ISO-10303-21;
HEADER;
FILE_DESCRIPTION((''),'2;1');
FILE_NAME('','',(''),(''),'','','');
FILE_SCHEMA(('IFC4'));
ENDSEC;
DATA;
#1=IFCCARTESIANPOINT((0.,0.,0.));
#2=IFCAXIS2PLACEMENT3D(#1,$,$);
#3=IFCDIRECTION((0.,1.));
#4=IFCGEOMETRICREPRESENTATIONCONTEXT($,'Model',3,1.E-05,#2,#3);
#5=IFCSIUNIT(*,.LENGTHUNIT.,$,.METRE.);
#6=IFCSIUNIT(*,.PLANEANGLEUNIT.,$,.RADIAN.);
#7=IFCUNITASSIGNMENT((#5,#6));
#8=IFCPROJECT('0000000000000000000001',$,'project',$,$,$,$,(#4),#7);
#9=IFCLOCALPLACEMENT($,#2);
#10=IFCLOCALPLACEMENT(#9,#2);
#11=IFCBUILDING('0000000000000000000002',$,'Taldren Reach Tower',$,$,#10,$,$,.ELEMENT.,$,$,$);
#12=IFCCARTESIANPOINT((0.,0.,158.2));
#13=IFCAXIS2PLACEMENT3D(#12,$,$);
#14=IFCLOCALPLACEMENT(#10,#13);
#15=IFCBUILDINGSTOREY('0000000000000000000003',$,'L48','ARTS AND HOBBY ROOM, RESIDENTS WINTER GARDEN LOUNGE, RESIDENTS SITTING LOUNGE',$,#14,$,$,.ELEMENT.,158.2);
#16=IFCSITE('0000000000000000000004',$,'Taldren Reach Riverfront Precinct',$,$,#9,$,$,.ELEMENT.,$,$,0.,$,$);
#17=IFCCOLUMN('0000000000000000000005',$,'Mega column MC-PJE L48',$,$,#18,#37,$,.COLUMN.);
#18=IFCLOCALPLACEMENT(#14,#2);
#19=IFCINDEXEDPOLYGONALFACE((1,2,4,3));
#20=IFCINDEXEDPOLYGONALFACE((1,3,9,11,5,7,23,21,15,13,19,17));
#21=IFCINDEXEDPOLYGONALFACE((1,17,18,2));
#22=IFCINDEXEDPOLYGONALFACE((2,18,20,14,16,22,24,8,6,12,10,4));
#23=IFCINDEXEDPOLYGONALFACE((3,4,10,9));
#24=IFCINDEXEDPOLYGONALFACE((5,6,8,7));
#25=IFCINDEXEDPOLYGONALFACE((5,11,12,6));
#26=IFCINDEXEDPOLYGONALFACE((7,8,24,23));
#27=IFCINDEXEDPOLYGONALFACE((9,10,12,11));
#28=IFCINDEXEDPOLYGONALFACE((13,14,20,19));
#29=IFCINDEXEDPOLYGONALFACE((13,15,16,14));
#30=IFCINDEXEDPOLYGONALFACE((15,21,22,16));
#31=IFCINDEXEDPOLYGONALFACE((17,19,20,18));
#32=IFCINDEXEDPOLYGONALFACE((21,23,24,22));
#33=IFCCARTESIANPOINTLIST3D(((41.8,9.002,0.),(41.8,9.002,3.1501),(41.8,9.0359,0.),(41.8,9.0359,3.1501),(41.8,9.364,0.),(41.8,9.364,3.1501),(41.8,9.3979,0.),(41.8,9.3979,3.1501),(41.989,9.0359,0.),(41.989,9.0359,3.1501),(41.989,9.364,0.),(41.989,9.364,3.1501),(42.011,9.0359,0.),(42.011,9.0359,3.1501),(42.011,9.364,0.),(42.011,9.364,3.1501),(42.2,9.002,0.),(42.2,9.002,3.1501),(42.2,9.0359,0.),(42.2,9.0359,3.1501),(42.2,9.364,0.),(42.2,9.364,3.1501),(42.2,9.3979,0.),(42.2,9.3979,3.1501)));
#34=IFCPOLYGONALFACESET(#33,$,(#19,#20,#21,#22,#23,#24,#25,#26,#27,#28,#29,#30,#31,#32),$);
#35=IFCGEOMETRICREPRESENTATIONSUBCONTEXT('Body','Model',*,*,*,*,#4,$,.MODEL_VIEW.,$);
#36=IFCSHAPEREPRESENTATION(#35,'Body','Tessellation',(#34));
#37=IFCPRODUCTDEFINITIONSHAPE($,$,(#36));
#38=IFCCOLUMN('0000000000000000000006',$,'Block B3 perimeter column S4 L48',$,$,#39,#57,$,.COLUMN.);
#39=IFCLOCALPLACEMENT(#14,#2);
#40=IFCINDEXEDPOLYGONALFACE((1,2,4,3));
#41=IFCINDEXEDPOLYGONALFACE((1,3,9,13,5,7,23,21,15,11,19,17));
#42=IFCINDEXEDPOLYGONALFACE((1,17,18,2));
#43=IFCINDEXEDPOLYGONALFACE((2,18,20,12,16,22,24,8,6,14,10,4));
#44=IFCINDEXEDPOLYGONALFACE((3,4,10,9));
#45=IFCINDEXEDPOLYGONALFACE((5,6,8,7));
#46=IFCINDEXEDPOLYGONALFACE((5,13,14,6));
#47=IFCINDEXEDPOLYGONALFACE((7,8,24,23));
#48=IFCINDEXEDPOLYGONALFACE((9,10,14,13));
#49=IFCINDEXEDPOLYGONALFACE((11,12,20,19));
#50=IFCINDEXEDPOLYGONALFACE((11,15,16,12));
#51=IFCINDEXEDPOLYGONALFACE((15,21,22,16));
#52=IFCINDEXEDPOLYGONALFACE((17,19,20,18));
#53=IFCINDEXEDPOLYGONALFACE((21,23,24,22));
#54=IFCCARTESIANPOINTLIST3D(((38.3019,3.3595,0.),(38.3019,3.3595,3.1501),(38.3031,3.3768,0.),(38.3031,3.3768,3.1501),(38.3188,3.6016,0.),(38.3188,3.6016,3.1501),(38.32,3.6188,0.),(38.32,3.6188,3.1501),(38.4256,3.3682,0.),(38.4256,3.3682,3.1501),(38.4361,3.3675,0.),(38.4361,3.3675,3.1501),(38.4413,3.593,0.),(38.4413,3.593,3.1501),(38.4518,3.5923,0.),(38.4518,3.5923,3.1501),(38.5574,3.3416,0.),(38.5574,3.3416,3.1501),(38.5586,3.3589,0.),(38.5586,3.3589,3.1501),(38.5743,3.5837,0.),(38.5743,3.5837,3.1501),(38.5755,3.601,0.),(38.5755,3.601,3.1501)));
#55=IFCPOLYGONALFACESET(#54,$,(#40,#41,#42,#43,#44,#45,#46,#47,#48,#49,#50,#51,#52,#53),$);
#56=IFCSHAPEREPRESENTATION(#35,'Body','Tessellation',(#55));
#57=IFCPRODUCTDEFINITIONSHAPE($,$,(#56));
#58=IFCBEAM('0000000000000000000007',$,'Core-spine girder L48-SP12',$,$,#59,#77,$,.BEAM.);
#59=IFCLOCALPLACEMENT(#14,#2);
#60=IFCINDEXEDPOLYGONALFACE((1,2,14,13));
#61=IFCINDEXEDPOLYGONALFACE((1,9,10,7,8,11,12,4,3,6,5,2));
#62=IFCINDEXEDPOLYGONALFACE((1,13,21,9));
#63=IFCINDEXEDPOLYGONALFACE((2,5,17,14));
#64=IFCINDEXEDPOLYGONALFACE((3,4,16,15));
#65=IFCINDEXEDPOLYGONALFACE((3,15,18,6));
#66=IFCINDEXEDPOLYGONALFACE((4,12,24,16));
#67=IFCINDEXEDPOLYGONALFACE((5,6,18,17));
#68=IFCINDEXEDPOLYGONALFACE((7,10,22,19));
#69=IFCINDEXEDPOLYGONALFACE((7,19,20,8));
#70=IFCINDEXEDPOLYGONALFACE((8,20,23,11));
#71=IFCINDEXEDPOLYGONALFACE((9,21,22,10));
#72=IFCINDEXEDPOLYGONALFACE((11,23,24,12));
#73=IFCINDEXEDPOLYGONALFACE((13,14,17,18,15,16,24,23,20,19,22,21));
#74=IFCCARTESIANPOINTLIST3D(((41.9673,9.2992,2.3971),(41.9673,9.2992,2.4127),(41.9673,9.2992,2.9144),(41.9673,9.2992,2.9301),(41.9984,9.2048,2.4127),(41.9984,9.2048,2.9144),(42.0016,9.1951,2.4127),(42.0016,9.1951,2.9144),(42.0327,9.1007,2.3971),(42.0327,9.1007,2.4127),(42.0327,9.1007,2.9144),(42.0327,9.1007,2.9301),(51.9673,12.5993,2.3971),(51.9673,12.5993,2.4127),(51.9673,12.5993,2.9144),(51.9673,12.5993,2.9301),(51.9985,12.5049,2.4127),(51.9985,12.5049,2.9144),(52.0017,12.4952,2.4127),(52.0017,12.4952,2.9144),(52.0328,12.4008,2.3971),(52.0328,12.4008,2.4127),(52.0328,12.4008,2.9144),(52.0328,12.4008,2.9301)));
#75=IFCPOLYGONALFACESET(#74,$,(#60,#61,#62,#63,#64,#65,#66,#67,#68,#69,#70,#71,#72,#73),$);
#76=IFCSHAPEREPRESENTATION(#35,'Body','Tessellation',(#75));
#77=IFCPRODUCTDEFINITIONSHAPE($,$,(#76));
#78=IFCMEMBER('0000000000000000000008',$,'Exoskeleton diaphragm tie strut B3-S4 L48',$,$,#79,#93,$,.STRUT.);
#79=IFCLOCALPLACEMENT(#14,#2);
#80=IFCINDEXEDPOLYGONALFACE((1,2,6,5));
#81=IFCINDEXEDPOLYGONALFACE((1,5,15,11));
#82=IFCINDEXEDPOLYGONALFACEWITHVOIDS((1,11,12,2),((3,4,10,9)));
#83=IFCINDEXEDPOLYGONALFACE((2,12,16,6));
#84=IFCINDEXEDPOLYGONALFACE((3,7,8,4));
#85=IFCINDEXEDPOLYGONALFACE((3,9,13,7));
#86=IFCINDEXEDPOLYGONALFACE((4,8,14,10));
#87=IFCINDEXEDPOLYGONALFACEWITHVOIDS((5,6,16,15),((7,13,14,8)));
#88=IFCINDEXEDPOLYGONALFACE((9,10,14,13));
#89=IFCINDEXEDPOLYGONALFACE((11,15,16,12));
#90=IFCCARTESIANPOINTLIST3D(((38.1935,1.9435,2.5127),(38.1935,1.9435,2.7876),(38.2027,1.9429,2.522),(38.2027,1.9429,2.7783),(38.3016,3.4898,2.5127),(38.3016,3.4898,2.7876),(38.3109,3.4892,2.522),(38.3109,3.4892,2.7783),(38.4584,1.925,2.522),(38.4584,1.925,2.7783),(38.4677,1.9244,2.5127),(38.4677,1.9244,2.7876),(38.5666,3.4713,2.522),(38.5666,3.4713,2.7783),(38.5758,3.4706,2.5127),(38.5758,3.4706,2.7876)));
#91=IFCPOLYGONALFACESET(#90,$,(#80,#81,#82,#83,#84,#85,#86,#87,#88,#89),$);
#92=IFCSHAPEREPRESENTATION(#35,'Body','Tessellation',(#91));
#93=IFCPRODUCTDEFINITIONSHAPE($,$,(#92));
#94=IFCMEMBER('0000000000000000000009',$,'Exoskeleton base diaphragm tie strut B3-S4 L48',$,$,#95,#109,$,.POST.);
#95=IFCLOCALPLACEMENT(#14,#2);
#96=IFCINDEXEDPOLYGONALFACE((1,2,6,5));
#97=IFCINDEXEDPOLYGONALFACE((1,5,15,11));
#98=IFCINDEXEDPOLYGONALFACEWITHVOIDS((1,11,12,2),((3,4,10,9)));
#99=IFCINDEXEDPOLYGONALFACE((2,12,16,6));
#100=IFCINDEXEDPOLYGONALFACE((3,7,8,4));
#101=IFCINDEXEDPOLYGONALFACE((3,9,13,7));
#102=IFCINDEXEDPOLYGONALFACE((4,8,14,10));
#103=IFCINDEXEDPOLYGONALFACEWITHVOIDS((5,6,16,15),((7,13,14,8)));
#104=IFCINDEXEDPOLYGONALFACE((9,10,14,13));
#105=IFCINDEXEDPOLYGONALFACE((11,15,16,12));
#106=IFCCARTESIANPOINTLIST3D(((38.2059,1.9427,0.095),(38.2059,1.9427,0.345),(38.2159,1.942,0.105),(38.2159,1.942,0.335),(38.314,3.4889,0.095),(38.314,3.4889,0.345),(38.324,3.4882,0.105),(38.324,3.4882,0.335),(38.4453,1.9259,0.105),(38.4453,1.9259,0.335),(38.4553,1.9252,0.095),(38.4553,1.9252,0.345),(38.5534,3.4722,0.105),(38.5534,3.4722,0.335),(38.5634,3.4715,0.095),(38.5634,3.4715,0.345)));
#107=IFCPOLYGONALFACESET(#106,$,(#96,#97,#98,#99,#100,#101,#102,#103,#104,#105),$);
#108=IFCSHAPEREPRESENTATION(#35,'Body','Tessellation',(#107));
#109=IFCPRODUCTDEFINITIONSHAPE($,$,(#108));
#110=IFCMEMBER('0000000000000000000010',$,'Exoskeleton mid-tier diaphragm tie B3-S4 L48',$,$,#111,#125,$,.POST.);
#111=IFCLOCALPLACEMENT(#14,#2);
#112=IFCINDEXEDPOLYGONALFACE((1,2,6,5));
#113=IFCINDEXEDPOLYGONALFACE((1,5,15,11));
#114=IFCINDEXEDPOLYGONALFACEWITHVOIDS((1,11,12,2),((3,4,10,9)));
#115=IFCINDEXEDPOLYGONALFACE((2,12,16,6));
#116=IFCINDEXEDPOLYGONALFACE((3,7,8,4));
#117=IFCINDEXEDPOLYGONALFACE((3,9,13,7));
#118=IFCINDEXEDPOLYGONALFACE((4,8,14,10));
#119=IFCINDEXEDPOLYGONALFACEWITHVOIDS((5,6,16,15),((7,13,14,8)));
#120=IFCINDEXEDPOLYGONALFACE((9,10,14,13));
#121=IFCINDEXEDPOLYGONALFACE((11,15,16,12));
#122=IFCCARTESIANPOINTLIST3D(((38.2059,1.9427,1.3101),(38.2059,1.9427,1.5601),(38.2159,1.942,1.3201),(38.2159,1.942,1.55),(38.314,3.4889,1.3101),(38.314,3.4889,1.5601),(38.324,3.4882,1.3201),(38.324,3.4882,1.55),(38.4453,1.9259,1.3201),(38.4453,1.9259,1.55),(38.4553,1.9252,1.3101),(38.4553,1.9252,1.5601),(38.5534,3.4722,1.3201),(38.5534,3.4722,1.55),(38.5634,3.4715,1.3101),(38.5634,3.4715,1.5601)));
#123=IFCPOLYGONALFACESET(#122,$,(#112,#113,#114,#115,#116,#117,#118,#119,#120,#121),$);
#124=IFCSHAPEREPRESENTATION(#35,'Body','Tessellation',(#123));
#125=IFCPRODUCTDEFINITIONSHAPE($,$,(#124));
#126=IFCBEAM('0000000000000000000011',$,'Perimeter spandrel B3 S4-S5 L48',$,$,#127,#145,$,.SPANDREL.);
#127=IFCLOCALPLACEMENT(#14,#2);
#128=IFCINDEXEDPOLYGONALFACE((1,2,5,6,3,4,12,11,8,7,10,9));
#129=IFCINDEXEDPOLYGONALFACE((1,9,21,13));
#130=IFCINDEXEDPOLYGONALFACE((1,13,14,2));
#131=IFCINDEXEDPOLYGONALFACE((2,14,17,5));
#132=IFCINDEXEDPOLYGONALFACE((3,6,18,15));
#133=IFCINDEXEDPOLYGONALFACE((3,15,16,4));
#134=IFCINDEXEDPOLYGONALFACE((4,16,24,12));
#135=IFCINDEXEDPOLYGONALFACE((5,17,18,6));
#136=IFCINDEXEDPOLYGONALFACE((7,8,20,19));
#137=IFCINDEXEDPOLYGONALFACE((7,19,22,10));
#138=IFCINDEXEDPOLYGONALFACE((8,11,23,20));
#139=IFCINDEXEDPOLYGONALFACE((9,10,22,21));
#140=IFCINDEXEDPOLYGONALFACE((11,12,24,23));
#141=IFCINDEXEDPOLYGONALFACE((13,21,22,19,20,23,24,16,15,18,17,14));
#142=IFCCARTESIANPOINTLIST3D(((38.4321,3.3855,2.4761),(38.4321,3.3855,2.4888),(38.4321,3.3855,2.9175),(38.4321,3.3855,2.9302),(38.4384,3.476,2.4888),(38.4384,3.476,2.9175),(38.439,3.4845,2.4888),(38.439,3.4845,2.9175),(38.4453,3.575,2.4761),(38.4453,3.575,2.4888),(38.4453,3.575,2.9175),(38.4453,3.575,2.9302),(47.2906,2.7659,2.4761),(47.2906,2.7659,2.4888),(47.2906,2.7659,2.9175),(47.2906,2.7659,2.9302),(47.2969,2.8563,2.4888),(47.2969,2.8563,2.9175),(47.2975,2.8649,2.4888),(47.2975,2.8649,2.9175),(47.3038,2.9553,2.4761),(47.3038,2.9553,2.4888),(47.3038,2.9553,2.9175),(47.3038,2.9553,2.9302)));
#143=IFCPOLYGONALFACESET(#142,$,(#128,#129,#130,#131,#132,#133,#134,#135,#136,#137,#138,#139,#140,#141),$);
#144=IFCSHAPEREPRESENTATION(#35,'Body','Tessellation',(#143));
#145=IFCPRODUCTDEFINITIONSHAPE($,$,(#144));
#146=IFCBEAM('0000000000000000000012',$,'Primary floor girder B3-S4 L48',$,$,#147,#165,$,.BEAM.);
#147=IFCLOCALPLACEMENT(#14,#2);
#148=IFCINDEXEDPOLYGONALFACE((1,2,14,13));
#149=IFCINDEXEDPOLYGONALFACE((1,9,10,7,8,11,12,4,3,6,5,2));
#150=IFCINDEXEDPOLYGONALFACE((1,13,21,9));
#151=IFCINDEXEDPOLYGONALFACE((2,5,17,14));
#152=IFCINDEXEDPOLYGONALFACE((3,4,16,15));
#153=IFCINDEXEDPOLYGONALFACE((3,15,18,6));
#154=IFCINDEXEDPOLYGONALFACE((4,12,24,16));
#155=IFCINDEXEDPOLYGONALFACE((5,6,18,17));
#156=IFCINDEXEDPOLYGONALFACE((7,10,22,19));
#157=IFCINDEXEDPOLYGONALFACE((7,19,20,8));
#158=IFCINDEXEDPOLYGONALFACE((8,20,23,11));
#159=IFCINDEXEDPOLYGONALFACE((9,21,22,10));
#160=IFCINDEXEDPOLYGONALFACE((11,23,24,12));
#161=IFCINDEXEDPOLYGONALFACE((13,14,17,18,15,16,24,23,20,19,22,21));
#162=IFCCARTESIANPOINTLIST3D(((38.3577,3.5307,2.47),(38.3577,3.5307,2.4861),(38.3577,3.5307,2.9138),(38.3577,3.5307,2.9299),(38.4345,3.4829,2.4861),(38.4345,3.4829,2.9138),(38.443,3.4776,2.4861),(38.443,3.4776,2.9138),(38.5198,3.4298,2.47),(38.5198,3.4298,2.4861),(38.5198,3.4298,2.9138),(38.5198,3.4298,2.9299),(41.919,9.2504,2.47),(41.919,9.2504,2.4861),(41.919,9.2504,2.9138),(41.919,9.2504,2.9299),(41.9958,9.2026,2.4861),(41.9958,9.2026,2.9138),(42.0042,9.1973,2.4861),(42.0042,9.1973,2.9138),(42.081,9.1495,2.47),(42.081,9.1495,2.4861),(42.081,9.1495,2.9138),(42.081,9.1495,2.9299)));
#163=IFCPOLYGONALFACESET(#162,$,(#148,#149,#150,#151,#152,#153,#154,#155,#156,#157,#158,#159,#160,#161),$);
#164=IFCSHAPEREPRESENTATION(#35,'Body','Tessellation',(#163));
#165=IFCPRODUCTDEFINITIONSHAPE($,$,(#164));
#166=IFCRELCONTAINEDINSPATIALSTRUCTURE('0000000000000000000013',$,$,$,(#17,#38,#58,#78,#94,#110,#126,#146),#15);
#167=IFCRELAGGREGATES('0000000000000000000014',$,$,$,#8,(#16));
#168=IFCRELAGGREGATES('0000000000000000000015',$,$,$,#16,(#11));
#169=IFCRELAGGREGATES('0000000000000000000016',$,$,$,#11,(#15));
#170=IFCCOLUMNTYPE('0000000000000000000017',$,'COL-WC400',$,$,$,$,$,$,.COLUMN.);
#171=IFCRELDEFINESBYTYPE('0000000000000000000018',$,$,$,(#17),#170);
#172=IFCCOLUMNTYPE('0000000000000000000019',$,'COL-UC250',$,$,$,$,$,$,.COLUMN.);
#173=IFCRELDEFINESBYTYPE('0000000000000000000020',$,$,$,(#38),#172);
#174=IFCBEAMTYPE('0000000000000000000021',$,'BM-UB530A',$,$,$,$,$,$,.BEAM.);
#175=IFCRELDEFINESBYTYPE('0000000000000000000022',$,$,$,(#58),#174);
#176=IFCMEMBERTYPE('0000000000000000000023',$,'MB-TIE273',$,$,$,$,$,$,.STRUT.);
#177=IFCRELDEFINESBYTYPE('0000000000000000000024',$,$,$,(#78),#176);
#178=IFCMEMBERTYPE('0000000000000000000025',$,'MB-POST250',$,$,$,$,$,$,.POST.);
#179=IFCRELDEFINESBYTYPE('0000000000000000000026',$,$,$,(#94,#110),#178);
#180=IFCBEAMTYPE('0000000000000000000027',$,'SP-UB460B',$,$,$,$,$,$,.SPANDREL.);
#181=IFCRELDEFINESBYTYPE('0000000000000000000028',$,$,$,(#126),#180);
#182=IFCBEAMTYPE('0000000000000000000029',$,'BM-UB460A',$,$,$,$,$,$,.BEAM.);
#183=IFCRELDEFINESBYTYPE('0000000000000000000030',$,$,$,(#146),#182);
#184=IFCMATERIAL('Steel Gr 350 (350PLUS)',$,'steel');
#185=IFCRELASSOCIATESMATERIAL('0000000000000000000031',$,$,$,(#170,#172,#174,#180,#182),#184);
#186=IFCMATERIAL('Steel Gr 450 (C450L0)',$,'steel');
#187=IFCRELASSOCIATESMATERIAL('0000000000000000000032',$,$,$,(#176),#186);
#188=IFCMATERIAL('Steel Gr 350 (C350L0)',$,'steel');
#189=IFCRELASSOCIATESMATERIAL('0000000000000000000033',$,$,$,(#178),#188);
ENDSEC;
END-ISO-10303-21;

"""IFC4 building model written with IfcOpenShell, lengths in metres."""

from ifc_helpers import new_model, si_unit, direction, frame, origin, origin_2d, place, context, subcontext, project, spatial, hollow_rectangle, i_section, extrude, source, transform, mapped, material, material_profile, profile_set, type_object, element, save


model = new_model("IFC4")

# Units and contexts
model_context = context("Model", 3, precision=1e-05, world=origin(), true_north=direction((0.0, 1.0)))
body_context = subcontext(model_context, "Body", "Model", "MODEL_VIEW")
ifc_project = project(units=[si_unit("LENGTHUNIT", "METRE"), si_unit("PLANEANGLEUNIT", "RADIAN")], contexts=[model_context])

# Site, building, storey
site_placement = place(None, origin())
site = spatial("IfcSite", under=ifc_project, at=site_placement, Name="Taldren Reach Riverfront Precinct", CompositionType="ELEMENT", RefElevation=0.0)
building_placement = place(site_placement, origin())
building = spatial("IfcBuilding", under=site, at=building_placement, Name="Taldren Reach Tower", CompositionType="ELEMENT")
storey_placement = place(building_placement, frame((0.0, 0.0, 158.2)))
storey = spatial("IfcBuildingStorey", under=building, at=storey_placement, Name="L48", Description="ARTS AND HOBBY ROOM, RESIDENTS WINTER GARDEN LOUNGE, RESIDENTS SITTING LOUNGE", CompositionType="ELEMENT", Elevation=158.2)

# Columns
ifc_material_1 = material(Name="Steel Gr 350 (350PLUS)", Category="steel")
ifc_material_profile_1 = material_profile(ifc_material_1, i_section(OverallWidth=0.3999, OverallDepth=0.396, WebThickness=0.022, FlangeThickness=0.0339, at=origin_2d()), Name="400WC270")
ifc_profile_set_1 = profile_set([ifc_material_profile_1], Name="Steel Gr 350 (350PLUS)")
column_type_1 = type_object("IfcColumnType", Name="COL-WC400", PredefinedType="COLUMN", material=ifc_profile_set_1)
shared_shape_1 = source(origin(), body_context, "Body", "SweptSolid", [
    extrude(i_section(OverallWidth=0.3999, OverallDepth=0.396, WebThickness=0.022, FlangeThickness=0.0339, at=origin_2d()), origin(), (0.0, 0.0, 1.0), 3.1501),
])
column_1_placement = place(storey_placement, frame((42.0, 9.2, 0.0), z_axis=(0.0, 0.0, 1.0), x_axis=(1.0, 0.0, 0.0)))
element("IfcColumn", 1, at=column_1_placement, inside=storey, type_object=column_type_1, Name="Mega column MC-PJE L48", PredefinedType="COLUMN", context=body_context, shape_type="MappedRepresentation", body=[
    mapped(shared_shape_1, transform((0.0, 0.0, 0.0), scale=1.0)),
])
ifc_material_profile_2 = material_profile(ifc_material_1, i_section(OverallWidth=0.2561, OverallDepth=0.26, WebThickness=0.0105, FlangeThickness=0.0173, at=origin_2d()), Name="250UC89.5")
ifc_profile_set_2 = profile_set([ifc_material_profile_2], Name="Steel Gr 350 (350PLUS)")
column_type_2 = type_object("IfcColumnType", Name="COL-UC250", PredefinedType="COLUMN", material=ifc_profile_set_2)
shared_shape_2 = source(origin(), body_context, "Body", "SweptSolid", [
    extrude(i_section(OverallWidth=0.2561, OverallDepth=0.26, WebThickness=0.0105, FlangeThickness=0.0173, at=origin_2d()), origin(), (0.0, 0.0, 1.0), 3.1501),
])
column_2_placement = place(storey_placement, frame((38.4387, 3.4802, 0.0), z_axis=(0.0, 0.0, 1.0), x_axis=(0.997564, -0.069756, 0.0)))
element("IfcColumn", 2, at=column_2_placement, inside=storey, type_object=column_type_2, Name="Block B3 perimeter column S4 L48", PredefinedType="COLUMN", context=body_context, shape_type="MappedRepresentation", body=[
    mapped(shared_shape_2, transform((0.0, 0.0, 0.0), scale=1.0)),
])

# Beam
ifc_material_profile_3 = material_profile(ifc_material_1, i_section(OverallWidth=0.209, OverallDepth=0.533, WebThickness=0.0103, FlangeThickness=0.0156, at=origin_2d()), Name="530UB92.4")
ifc_profile_set_3 = profile_set([ifc_material_profile_3], Name="Steel Gr 350 (350PLUS)")
beam_type_1 = type_object("IfcBeamType", Name="BM-UB530A", PredefinedType="BEAM", material=ifc_profile_set_3)
shared_shape_3 = source(origin(), body_context, "Body", "SweptSolid", [
    extrude(i_section(OverallWidth=0.209, OverallDepth=0.533, WebThickness=0.0103, FlangeThickness=0.0156, at=origin_2d()), origin(), (0.0, 0.0, 1.0), 10.5305),
])
beam_1_placement = place(storey_placement, frame((42.0, 9.2, 2.6636), z_axis=(0.949627, 0.313382, 0.0), x_axis=(-0.313382, 0.949627, 0.0)))
element("IfcBeam", 3, at=beam_1_placement, inside=storey, type_object=beam_type_1, Name="Core-spine girder L48-SP12", PredefinedType="BEAM", context=body_context, shape_type="MappedRepresentation", body=[
    mapped(shared_shape_3, transform((0.0, 0.0, 0.0), scale=1.0)),
])

# Members
ifc_material_2 = material(Name="Steel Gr 450 (C450L0)", Category="steel")
ifc_material_profile_4 = material_profile(ifc_material_2, hollow_rectangle(XDim=0.2749, YDim=0.2749, WallThickness=0.0093, at=origin_2d()), Name="275x275x9.3SHS")
ifc_profile_set_4 = profile_set([ifc_material_profile_4], Name="Steel Gr 450 (C450L0)")
member_type_1 = type_object("IfcMemberType", Name="MB-TIE273", PredefinedType="STRUT", material=ifc_profile_set_4)
shared_shape_4 = source(origin(), body_context, "Body", "SweptSolid", [
    extrude(hollow_rectangle(XDim=0.2749, YDim=0.2749, WallThickness=0.0093, at=origin_2d()), origin(), (0.0, 0.0, 1.0), 1.55),
])
member_1_placement = place(storey_placement, frame((38.4387, 3.4802, 2.6501), z_axis=(-0.06977, -0.997563, 0.0), x_axis=(0.997563, -0.06977, 0.0)))
element("IfcMember", 4, at=member_1_placement, inside=storey, type_object=member_type_1, Name="Exoskeleton diaphragm tie strut B3-S4 L48", PredefinedType="STRUT", context=body_context, shape_type="MappedRepresentation", body=[
    mapped(shared_shape_4, transform((0.0, 0.0, 0.0), scale=1.0)),
])
ifc_material_3 = material(Name="Steel Gr 350 (C350L0)", Category="steel")
ifc_material_profile_5 = material_profile(ifc_material_3, hollow_rectangle(XDim=0.25, YDim=0.25, WallThickness=0.01, at=origin_2d()), Name="250x250x10.0SHS")
ifc_profile_set_5 = profile_set([ifc_material_profile_5], Name="Steel Gr 350 (C350L0)")
member_type_2 = type_object("IfcMemberType", Name="MB-POST250", PredefinedType="POST", material=ifc_profile_set_5)
shared_shape_5 = source(origin(), body_context, "Body", "SweptSolid", [
    extrude(hollow_rectangle(XDim=0.25, YDim=0.25, WallThickness=0.01, at=origin_2d()), origin(), (0.0, 0.0, 1.0), 1.55),
])
for number, where, z_axis, x_axis, name in (
    (5, (38.4387, 3.4802, 0.22), (-0.06977, -0.997563, 0.0), (0.997563, -0.06977, 0.0), "Exoskeleton base diaphragm tie strut B3-S4 L48"),
    (6, (38.4387, 3.4802, 1.4351), (-0.06977, -0.997563, 0.0), (0.997563, -0.06977, 0.0), "Exoskeleton mid-tier diaphragm tie B3-S4 L48"),
):
    element("IfcMember", number, at=place(storey_placement, frame(where, z_axis=z_axis, x_axis=x_axis)), inside=storey, type_object=member_type_2, Name=name, PredefinedType="POST", context=body_context, shape_type="MappedRepresentation", body=[
        mapped(shared_shape_5, transform((0.0, 0.0, 0.0), scale=1.0)),
    ])

# Beams
ifc_material_profile_6 = material_profile(ifc_material_1, i_section(OverallWidth=0.1899, OverallDepth=0.4541, WebThickness=0.0085, FlangeThickness=0.0127, at=origin_2d()), Name="460UB67.1")
ifc_profile_set_6 = profile_set([ifc_material_profile_6], Name="Steel Gr 350 (350PLUS)")
beam_type_2 = type_object("IfcBeamType", Name="SP-UB460B", PredefinedType="SPANDREL", material=ifc_profile_set_6)
shared_shape_6 = source(origin(), body_context, "Body", "SweptSolid", [
    extrude(i_section(OverallWidth=0.1899, OverallDepth=0.4541, WebThickness=0.0085, FlangeThickness=0.0127, at=origin_2d()), origin(), (0.0, 0.0, 1.0), 8.8801),
])
beam_2_placement = place(storey_placement, frame((38.4387, 3.4802, 2.7031), z_axis=(0.997563, -0.069778, 0.0), x_axis=(0.069778, 0.997563, 0.0)))
element("IfcBeam", 7, at=beam_2_placement, inside=storey, type_object=beam_type_2, Name="Perimeter spandrel B3 S4-S5 L48", PredefinedType="SPANDREL", context=body_context, shape_type="MappedRepresentation", body=[
    mapped(shared_shape_6, transform((0.0, 0.0, 0.0), scale=1.0)),
])
ifc_material_profile_7 = material_profile(ifc_material_1, i_section(OverallWidth=0.1909, OverallDepth=0.46, WebThickness=0.01, FlangeThickness=0.0161, at=origin_2d()), Name="460UB82.1")
ifc_profile_set_7 = profile_set([ifc_material_profile_7], Name="Steel Gr 350 (350PLUS)")
beam_type_3 = type_object("IfcBeamType", Name="BM-UB460A", PredefinedType="BEAM", material=ifc_profile_set_7)
shared_shape_7 = source(origin(), body_context, "Body", "SweptSolid", [
    extrude(i_section(OverallWidth=0.1909, OverallDepth=0.46, WebThickness=0.01, FlangeThickness=0.0161, at=origin_2d()), origin(), (0.0, 0.0, 1.0), 6.7378),
])
beam_3_placement = place(storey_placement, frame((42.0, 9.2, 2.7), z_axis=(-0.528552, -0.848901, 0.0), x_axis=(0.848901, -0.528552, 0.0)))
element("IfcBeam", 8, at=beam_3_placement, inside=storey, type_object=beam_type_3, Name="Primary floor girder B3-S4 L48", PredefinedType="BEAM", context=body_context, shape_type="MappedRepresentation", body=[
    mapped(shared_shape_7, transform((0.0, 0.0, 0.0), scale=1.0)),
])

save(model, "model.ifc")
